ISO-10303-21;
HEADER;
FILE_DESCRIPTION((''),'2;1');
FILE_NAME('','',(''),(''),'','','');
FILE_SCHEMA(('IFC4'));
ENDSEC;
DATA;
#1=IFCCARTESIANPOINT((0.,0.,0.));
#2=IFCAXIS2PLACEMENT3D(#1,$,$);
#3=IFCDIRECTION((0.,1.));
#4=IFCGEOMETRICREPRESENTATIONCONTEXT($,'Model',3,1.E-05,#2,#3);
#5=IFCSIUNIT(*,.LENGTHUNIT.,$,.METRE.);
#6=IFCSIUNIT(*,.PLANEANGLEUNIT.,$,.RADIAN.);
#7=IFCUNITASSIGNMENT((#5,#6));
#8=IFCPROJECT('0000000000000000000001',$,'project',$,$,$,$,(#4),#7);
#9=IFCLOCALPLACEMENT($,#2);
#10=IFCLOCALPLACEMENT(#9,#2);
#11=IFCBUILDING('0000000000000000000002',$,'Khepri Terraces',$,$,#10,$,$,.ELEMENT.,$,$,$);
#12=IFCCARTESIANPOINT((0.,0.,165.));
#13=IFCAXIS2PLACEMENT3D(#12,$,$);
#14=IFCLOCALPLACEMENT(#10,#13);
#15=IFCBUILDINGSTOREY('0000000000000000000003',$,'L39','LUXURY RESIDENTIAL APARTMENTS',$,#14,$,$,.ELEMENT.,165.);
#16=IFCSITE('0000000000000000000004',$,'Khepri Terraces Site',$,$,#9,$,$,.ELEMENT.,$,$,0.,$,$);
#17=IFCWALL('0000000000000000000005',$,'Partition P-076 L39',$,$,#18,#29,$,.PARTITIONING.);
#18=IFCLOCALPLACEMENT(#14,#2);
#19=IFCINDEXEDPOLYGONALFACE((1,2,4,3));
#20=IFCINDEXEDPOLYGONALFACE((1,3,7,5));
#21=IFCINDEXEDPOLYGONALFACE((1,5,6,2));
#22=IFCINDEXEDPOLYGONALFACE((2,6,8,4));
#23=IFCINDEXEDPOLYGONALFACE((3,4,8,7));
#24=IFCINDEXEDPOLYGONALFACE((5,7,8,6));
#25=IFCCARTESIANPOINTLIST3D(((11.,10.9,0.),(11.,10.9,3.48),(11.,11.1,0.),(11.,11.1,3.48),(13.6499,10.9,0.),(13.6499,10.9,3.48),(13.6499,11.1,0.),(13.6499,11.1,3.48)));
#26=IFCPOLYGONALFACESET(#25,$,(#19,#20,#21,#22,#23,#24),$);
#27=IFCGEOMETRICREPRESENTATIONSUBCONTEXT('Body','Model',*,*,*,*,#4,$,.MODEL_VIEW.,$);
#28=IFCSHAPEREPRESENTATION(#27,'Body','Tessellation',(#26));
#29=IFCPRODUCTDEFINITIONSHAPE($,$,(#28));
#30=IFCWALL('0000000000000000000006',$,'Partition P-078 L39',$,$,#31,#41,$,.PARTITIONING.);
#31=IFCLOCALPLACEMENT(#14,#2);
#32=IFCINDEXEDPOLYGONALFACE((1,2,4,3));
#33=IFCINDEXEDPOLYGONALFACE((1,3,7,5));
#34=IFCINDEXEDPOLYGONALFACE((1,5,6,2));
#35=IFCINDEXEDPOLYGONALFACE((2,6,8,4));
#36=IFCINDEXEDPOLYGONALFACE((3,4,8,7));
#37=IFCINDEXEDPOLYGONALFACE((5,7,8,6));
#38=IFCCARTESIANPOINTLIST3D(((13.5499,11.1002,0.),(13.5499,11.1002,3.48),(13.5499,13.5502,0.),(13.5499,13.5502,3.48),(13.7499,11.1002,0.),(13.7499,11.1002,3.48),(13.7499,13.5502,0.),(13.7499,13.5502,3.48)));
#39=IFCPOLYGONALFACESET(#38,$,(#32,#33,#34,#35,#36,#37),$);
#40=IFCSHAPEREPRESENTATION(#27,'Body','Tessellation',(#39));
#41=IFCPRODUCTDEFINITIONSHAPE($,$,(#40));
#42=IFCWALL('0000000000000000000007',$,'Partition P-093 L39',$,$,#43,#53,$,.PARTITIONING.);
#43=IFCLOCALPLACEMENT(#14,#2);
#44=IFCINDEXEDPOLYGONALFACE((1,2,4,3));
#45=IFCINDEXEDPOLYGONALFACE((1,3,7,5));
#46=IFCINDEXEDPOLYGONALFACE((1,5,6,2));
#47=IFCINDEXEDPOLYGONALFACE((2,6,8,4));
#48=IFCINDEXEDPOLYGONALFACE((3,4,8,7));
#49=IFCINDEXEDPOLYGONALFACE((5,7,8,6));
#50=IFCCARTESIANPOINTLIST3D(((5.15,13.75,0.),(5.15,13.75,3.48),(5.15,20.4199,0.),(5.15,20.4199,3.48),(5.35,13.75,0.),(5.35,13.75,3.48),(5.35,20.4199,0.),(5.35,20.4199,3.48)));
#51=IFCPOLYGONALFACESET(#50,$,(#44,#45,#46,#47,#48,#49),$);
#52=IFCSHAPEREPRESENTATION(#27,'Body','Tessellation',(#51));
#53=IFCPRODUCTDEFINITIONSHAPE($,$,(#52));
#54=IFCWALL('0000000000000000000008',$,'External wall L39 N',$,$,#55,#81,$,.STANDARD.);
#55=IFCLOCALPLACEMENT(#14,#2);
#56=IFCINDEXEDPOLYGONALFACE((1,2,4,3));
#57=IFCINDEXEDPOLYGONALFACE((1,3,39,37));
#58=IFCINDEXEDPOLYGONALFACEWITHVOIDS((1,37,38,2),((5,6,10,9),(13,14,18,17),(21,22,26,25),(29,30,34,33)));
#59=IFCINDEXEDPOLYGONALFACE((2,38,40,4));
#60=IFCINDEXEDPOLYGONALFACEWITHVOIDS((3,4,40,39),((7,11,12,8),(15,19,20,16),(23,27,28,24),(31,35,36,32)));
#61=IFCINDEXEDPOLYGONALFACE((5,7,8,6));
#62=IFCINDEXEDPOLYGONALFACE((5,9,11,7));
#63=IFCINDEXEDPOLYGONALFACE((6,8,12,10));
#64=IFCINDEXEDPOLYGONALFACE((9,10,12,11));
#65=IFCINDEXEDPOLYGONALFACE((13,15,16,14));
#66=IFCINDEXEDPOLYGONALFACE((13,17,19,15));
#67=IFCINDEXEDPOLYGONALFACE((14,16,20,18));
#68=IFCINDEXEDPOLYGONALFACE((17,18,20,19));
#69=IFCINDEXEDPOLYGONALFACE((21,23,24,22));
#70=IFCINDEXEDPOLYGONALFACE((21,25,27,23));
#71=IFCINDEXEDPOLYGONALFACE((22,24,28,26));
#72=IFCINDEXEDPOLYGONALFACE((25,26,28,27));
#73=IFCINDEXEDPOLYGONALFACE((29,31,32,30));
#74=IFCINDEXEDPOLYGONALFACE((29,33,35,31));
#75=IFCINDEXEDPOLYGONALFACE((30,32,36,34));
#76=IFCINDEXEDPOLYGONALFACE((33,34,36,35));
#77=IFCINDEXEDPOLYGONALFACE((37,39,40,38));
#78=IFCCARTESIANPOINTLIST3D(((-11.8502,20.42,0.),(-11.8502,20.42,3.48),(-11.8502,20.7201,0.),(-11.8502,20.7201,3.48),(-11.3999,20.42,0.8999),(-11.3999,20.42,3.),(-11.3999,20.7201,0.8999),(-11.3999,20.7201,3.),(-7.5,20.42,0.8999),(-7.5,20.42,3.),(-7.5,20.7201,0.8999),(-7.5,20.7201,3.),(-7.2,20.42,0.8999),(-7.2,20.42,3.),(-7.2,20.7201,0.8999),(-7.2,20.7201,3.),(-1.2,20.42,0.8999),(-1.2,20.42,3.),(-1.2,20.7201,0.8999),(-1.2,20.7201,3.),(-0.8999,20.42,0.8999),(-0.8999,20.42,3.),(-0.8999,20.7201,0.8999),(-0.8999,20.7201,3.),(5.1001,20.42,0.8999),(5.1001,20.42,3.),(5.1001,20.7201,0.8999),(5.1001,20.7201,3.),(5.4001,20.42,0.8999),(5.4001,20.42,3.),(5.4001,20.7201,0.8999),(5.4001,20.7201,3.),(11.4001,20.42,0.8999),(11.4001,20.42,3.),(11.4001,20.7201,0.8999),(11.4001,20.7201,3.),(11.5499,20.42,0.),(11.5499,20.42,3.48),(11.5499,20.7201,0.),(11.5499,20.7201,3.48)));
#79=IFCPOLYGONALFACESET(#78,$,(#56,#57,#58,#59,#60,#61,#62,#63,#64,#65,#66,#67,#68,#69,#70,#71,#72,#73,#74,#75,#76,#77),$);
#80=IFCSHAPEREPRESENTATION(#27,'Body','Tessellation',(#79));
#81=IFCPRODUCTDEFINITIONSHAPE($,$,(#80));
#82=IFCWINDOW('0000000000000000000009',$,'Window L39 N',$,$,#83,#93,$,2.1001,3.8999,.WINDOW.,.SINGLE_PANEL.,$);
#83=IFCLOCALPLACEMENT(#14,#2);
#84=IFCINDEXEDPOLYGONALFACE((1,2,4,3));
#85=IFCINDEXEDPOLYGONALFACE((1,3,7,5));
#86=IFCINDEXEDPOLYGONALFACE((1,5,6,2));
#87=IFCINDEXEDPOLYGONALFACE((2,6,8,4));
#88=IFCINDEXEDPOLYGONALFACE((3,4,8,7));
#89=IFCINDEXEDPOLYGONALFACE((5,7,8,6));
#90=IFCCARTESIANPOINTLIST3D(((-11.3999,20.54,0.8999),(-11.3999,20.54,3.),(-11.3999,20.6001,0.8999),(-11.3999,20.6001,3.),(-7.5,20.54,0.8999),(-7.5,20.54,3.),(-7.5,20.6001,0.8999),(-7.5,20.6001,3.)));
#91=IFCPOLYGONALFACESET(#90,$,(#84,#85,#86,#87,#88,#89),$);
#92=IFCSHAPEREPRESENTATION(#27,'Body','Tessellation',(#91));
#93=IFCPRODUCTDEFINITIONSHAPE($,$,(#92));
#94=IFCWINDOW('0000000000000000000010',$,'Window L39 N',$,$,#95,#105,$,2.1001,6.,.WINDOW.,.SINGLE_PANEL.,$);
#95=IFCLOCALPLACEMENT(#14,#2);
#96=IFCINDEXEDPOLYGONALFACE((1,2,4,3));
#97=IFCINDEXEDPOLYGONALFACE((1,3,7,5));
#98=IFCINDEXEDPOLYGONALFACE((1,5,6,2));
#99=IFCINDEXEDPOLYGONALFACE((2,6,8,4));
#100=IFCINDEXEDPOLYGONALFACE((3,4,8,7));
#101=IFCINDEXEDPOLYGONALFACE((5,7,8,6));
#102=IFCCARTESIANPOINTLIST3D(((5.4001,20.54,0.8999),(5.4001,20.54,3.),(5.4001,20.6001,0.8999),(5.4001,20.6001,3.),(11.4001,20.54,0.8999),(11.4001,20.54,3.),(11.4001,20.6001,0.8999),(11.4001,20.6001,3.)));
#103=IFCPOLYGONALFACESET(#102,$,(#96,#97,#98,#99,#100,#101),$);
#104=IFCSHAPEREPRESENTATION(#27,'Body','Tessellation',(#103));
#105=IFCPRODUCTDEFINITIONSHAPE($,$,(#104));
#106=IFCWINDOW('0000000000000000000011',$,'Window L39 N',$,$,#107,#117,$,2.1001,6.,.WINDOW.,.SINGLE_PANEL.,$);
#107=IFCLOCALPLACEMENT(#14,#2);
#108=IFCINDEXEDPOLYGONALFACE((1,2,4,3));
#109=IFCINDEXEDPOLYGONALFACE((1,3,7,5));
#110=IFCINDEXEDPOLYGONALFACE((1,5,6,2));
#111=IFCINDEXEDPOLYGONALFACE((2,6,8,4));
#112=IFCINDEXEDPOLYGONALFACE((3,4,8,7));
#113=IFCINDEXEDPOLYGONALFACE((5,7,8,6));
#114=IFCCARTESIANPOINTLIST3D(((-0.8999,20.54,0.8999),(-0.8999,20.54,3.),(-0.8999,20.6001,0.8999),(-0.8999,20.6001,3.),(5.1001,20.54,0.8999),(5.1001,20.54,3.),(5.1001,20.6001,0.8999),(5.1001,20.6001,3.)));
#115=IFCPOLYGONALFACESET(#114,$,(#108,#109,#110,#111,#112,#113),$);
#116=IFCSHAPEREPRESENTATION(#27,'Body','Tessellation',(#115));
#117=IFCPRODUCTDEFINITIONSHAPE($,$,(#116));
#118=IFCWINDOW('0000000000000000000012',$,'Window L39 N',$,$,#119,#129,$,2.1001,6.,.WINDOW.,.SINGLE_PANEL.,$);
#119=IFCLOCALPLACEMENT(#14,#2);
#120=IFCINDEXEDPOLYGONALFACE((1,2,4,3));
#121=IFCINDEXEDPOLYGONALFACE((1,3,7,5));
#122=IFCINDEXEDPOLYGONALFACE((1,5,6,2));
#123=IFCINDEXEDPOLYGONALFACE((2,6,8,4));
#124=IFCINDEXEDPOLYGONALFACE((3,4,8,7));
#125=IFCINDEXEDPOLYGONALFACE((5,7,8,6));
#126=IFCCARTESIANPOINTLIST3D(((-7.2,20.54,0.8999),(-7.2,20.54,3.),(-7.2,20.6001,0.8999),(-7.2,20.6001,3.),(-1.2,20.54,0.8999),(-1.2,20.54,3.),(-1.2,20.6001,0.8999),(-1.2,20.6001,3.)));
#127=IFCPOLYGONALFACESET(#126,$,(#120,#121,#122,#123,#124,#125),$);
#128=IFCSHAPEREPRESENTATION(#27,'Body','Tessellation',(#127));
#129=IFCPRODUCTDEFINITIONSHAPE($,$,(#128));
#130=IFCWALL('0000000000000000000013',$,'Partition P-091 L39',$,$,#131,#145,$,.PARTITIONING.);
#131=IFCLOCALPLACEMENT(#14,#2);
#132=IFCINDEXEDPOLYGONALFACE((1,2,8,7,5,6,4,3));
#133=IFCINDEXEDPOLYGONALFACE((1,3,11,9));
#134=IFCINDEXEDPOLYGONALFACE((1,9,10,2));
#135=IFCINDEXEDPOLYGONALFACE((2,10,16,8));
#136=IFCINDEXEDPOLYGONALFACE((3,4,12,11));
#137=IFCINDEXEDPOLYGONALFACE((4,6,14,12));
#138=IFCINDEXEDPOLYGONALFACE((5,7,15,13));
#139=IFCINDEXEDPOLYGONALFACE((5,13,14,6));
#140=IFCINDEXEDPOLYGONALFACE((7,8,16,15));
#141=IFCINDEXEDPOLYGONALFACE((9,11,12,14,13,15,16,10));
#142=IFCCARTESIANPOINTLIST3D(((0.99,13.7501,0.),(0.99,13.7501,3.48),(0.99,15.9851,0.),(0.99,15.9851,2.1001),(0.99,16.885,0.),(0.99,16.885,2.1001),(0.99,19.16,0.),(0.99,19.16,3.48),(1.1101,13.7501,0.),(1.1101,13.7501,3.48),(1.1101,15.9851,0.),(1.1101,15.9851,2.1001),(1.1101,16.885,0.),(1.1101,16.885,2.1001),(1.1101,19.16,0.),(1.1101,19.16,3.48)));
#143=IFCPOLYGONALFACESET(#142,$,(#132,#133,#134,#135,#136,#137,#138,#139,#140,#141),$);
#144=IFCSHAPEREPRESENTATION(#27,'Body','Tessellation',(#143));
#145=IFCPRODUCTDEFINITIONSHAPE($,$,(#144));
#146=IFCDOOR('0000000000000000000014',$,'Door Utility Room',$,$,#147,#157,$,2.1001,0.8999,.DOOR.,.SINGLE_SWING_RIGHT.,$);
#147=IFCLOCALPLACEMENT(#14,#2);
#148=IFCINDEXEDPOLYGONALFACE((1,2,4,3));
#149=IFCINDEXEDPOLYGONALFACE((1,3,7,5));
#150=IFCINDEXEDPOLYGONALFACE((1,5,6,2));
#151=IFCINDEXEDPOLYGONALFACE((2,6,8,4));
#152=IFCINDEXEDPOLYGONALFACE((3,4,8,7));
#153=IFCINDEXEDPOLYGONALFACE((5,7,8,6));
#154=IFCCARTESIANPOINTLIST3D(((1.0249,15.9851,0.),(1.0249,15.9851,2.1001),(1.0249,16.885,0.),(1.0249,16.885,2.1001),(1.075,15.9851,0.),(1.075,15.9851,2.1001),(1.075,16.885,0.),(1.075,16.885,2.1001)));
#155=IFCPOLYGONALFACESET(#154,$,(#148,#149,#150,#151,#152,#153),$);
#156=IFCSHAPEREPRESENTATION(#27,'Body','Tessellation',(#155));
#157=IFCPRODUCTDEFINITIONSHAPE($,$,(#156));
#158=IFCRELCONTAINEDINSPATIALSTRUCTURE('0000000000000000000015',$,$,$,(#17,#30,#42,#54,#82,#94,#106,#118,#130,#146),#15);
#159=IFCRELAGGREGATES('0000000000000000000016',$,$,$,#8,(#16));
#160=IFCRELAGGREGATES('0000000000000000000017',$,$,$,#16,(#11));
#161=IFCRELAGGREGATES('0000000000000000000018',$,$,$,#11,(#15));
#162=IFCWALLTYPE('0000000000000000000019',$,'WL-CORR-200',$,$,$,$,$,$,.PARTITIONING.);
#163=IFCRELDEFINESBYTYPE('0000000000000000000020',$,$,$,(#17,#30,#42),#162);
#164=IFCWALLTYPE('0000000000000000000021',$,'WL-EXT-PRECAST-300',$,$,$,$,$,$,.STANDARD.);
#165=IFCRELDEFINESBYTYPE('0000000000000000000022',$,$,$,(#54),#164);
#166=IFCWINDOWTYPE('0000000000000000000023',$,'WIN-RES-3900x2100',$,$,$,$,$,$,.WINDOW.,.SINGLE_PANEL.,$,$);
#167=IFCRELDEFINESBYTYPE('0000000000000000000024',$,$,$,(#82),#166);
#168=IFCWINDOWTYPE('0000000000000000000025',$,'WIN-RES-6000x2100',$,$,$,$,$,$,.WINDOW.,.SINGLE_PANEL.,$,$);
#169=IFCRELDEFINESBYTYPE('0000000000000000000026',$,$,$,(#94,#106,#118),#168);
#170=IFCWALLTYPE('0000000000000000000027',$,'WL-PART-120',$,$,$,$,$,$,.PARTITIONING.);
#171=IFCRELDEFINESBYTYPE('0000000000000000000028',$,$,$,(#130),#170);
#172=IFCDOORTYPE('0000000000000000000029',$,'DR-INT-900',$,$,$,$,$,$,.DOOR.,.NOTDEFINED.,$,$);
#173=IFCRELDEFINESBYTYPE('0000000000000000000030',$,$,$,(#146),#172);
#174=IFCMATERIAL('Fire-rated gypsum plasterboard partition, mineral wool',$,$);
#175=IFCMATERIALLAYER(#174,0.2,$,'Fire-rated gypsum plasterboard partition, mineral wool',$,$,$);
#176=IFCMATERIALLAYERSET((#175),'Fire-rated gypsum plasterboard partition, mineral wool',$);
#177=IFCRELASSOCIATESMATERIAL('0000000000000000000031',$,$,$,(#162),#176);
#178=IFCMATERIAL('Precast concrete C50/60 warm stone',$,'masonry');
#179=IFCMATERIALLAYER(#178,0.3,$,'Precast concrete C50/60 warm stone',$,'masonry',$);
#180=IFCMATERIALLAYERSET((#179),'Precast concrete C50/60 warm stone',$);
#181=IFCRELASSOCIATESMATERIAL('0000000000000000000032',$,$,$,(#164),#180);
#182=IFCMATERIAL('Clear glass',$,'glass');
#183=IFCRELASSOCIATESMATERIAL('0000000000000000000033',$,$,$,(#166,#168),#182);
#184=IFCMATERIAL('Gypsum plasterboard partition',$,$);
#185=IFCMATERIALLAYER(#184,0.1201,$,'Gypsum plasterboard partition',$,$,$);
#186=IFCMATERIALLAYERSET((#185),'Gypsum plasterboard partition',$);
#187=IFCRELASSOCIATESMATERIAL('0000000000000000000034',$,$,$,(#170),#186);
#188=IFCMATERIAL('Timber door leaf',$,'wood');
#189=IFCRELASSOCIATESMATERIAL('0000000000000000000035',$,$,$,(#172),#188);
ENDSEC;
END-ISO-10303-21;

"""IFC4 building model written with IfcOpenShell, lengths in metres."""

from ifc_helpers import new_model, si_unit, direction, frame, frame_2d, origin, place, context, subcontext, project, spatial, rectangle, extrude, material, layer, layer_set, type_object, element, fill, save


model = new_model("IFC4")

# Units and contexts
model_context = context("Model", 3, precision=1e-05, world=origin(), true_north=direction((0.0, 1.0)))
body_context = subcontext(model_context, "Body", "Model", "MODEL_VIEW")
ifc_project = project(units=[si_unit("LENGTHUNIT", "METRE"), si_unit("PLANEANGLEUNIT", "RADIAN")], contexts=[model_context])

# Site, building, storey
site_placement = place(None, origin())
site = spatial("IfcSite", under=ifc_project, at=site_placement, Name="Khepri Terraces Site", CompositionType="ELEMENT", RefElevation=0.0)
building_placement = place(site_placement, origin())
building = spatial("IfcBuilding", under=site, at=building_placement, Name="Khepri Terraces", CompositionType="ELEMENT")
storey_placement = place(building_placement, frame((0.0, 0.0, 165.0)))
storey = spatial("IfcBuildingStorey", under=building, at=storey_placement, Name="L39", Description="LUXURY RESIDENTIAL APARTMENTS", CompositionType="ELEMENT", Elevation=165.0)

# Walls
ifc_material_1 = material(Name="Fire-rated gypsum plasterboard partition, mineral wool")
ifc_layer_1 = layer(ifc_material_1, 0.2, Name="Fire-rated gypsum plasterboard partition, mineral wool")
ifc_layer_set_1 = layer_set([ifc_layer_1], Name="Fire-rated gypsum plasterboard partition, mineral wool")
wall_type_1 = type_object("IfcWallType", Name="WL-CORR-200", PredefinedType="PARTITIONING", material=ifc_layer_set_1)
wall_1_placement = place(storey_placement, frame((11.0, 11.0, 0.0), z_axis=(0.0, 0.0, 1.0), x_axis=(1.0, 0.0, 0.0)))
element("IfcWall", 1, at=wall_1_placement, inside=storey, type_object=wall_type_1, Name="Partition P-076 L39", PredefinedType="PARTITIONING", context=body_context, shape_type="SweptSolid", body=[
    extrude(rectangle(XDim=2.6499, YDim=0.2, at=frame_2d((1.325, 0.0))), origin(), (0.0, 0.0, 1.0), 3.48),
])
wall_2_placement = place(storey_placement, frame((13.6499, 11.1001, 0.0), z_axis=(0.0, 0.0, 1.0), x_axis=(0.0, 1.0, 0.0)))
element("IfcWall", 2, at=wall_2_placement, inside=storey, type_object=wall_type_1, Name="Partition P-078 L39", PredefinedType="PARTITIONING", context=body_context, shape_type="SweptSolid", body=[
    extrude(rectangle(XDim=2.45, YDim=0.2, at=frame_2d((1.2251, 0.0))), origin(), (0.0, 0.0, 1.0), 3.48),
])
wall_3_placement = place(storey_placement, frame((5.25, 13.75, 0.0), z_axis=(0.0, 0.0, 1.0), x_axis=(0.0, 1.0, 0.0)))
element("IfcWall", 3, at=wall_3_placement, inside=storey, type_object=wall_type_1, Name="Partition P-093 L39", PredefinedType="PARTITIONING", context=body_context, shape_type="SweptSolid", body=[
    extrude(rectangle(XDim=6.6699, YDim=0.2, at=frame_2d((3.335, 0.0))), origin(), (0.0, 0.0, 1.0), 3.48),
])

# Shared definitions
ifc_material_2 = material(Name="Precast concrete C50/60 warm stone", Category="masonry")
ifc_layer_2 = layer(ifc_material_2, 0.3, Name="Precast concrete C50/60 warm stone", Category="masonry")
ifc_layer_set_2 = layer_set([ifc_layer_2], Name="Precast concrete C50/60 warm stone")
wall_type_2 = type_object("IfcWallType", Name="WL-EXT-PRECAST-300", PredefinedType="STANDARD", material=ifc_layer_set_2)

# Wall, openings, windows
wall_4_placement = place(storey_placement, frame((11.55, 20.5701, 0.0), z_axis=(0.0, 0.0, 1.0), x_axis=(-1.0, 0.0, 0.0)))
wall_4 = element("IfcWall", 4, at=wall_4_placement, inside=storey, type_object=wall_type_2, Name="External wall L39 N", PredefinedType="STANDARD", context=body_context, shape_type="SweptSolid", body=[
    extrude(rectangle(XDim=23.4001, YDim=0.3, at=frame_2d((11.7002, 0.0))), origin(), (0.0, 0.0, 1.0), 3.48),
])
opening_1_placement = place(wall_4_placement, frame((0.1499, 0.0, 0.8999)))
opening_1 = element("IfcOpeningElement", 5, at=opening_1_placement, cuts=wall_4, PredefinedType="OPENING", context=body_context, shape_type="SweptSolid", body=[
    extrude(rectangle(XDim=6.0, YDim=2.1001, at=frame_2d((3.0, 1.05))), frame((0.0, 0.1602, 0.0), z_axis=(0.0, -1.0, 0.0), x_axis=(1.0, 0.0, 0.0)), (0.0, 0.0, 1.0), 0.3201),
])
opening_2_placement = place(wall_4_placement, frame((6.45, 0.0, 0.8999)))
opening_2 = element("IfcOpeningElement", 6, at=opening_2_placement, cuts=wall_4, PredefinedType="OPENING", context=body_context, shape_type="SweptSolid", body=[
    extrude(rectangle(XDim=6.0, YDim=2.1001, at=frame_2d((3.0, 1.05))), frame((0.0, 0.1602, 0.0), z_axis=(0.0, -1.0, 0.0), x_axis=(1.0, 0.0, 0.0)), (0.0, 0.0, 1.0), 0.3201),
])
opening_3_placement = place(wall_4_placement, frame((12.75, 0.0, 0.8999)))
opening_3 = element("IfcOpeningElement", 7, at=opening_3_placement, cuts=wall_4, PredefinedType="OPENING", context=body_context, shape_type="SweptSolid", body=[
    extrude(rectangle(XDim=6.0, YDim=2.1001, at=frame_2d((3.0, 1.05))), frame((0.0, 0.1602, 0.0), z_axis=(0.0, -1.0, 0.0), x_axis=(1.0, 0.0, 0.0)), (0.0, 0.0, 1.0), 0.3201),
])
opening_4_placement = place(wall_4_placement, frame((19.05, 0.0, 0.8999)))
opening_4 = element("IfcOpeningElement", 8, at=opening_4_placement, cuts=wall_4, PredefinedType="OPENING", context=body_context, shape_type="SweptSolid", body=[
    extrude(rectangle(XDim=3.8999, YDim=2.1001, at=frame_2d((1.95, 1.05))), frame((0.0, 0.1602, 0.0), z_axis=(0.0, -1.0, 0.0), x_axis=(1.0, 0.0, 0.0)), (0.0, 0.0, 1.0), 0.3201),
])
ifc_material_3 = material(Name="Clear glass", Category="glass")
window_type_1 = type_object("IfcWindowType", Name="WIN-RES-3900x2100", PartitioningType="SINGLE_PANEL", PredefinedType="WINDOW", material=ifc_material_3)
window_1_placement = place(opening_4_placement, origin())
window_1 = element("IfcWindow", 9, at=window_1_placement, inside=storey, type_object=window_type_1, Name="Window L39 N", OverallHeight=2.1001, OverallWidth=3.8999, PartitioningType="SINGLE_PANEL", PredefinedType="WINDOW", context=body_context, shape_type="SweptSolid", body=[
    extrude(rectangle(XDim=3.8999, YDim=2.1001, at=frame_2d((1.95, 1.05))), frame((0.0, 0.03, 0.0), z_axis=(0.0, -1.0, 0.0), x_axis=(1.0, 0.0, 0.0)), (0.0, 0.0, 1.0), 0.0601),
])
fill(opening_4, window_1)
window_type_2 = type_object("IfcWindowType", Name="WIN-RES-6000x2100", PartitioningType="SINGLE_PANEL", PredefinedType="WINDOW", material=ifc_material_3)
window_2_placement = place(opening_1_placement, origin())
window_2 = element("IfcWindow", 10, at=window_2_placement, inside=storey, type_object=window_type_2, Name="Window L39 N", OverallHeight=2.1001, OverallWidth=6.0, PartitioningType="SINGLE_PANEL", PredefinedType="WINDOW", context=body_context, shape_type="SweptSolid", body=[
    extrude(rectangle(XDim=6.0, YDim=2.1001, at=frame_2d((3.0, 1.05))), frame((0.0, 0.03, 0.0), z_axis=(0.0, -1.0, 0.0), x_axis=(1.0, 0.0, 0.0)), (0.0, 0.0, 1.0), 0.0601),
])
fill(opening_1, window_2)
window_3_placement = place(opening_2_placement, origin())
window_3 = element("IfcWindow", 11, at=window_3_placement, inside=storey, type_object=window_type_2, Name="Window L39 N", OverallHeight=2.1001, OverallWidth=6.0, PartitioningType="SINGLE_PANEL", PredefinedType="WINDOW", context=body_context, shape_type="SweptSolid", body=[
    extrude(rectangle(XDim=6.0, YDim=2.1001, at=frame_2d((3.0, 1.05))), frame((0.0, 0.03, 0.0), z_axis=(0.0, -1.0, 0.0), x_axis=(1.0, 0.0, 0.0)), (0.0, 0.0, 1.0), 0.0601),
])
fill(opening_2, window_3)
window_4_placement = place(opening_3_placement, origin())
window_4 = element("IfcWindow", 12, at=window_4_placement, inside=storey, type_object=window_type_2, Name="Window L39 N", OverallHeight=2.1001, OverallWidth=6.0, PartitioningType="SINGLE_PANEL", PredefinedType="WINDOW", context=body_context, shape_type="SweptSolid", body=[
    extrude(rectangle(XDim=6.0, YDim=2.1001, at=frame_2d((3.0, 1.05))), frame((0.0, 0.03, 0.0), z_axis=(0.0, -1.0, 0.0), x_axis=(1.0, 0.0, 0.0)), (0.0, 0.0, 1.0), 0.0601),
])
fill(opening_3, window_4)

# Wall, opening, door
ifc_material_4 = material(Name="Gypsum plasterboard partition")
ifc_layer_3 = layer(ifc_material_4, 0.1201, Name="Gypsum plasterboard partition")
ifc_layer_set_3 = layer_set([ifc_layer_3], Name="Gypsum plasterboard partition")
wall_type_3 = type_object("IfcWallType", Name="WL-PART-120", PredefinedType="PARTITIONING", material=ifc_layer_set_3)
wall_5_placement = place(storey_placement, frame((1.05, 13.75, 0.0), z_axis=(0.0, 0.0, 1.0), x_axis=(0.0, 1.0, 0.0)))
wall_5 = element("IfcWall", 13, at=wall_5_placement, inside=storey, type_object=wall_type_3, Name="Partition P-091 L39", PredefinedType="PARTITIONING", context=body_context, shape_type="SweptSolid", body=[
    extrude(rectangle(XDim=5.4099, YDim=0.1201, at=frame_2d((2.7051, 0.0))), origin(), (0.0, 0.0, 1.0), 3.48),
])
opening_5_placement = place(wall_5_placement, frame((2.2351, 0.0, 0.0)))
opening_5 = element("IfcOpeningElement", 14, at=opening_5_placement, cuts=wall_5, PredefinedType="OPENING", context=body_context, shape_type="SweptSolid", body=[
    extrude(rectangle(XDim=0.8999, YDim=2.1001, at=frame_2d((0.45, 1.05))), frame((0.0, 0.0701, 0.0), z_axis=(0.0, -1.0, 0.0), x_axis=(1.0, 0.0, 0.0)), (0.0, 0.0, 1.0), 0.1401),
])
ifc_material_5 = material(Name="Timber door leaf", Category="wood")
door_type_1 = type_object("IfcDoorType", Name="DR-INT-900", OperationType="NOTDEFINED", PredefinedType="DOOR", material=ifc_material_5)
door_1_placement = place(opening_5_placement, frame((0.8999, 0.0, 0.0), z_axis=(0.0, 0.0, 1.0), x_axis=(-1.0, 0.0, 0.0)))
door_1 = element("IfcDoor", 15, at=door_1_placement, inside=storey, type_object=door_type_1, Name="Door Utility Room", OperationType="SINGLE_SWING_RIGHT", OverallHeight=2.1001, OverallWidth=0.8999, PredefinedType="DOOR", context=body_context, shape_type="SweptSolid", body=[
    extrude(rectangle(XDim=0.8999, YDim=2.1001, at=frame_2d((0.45, 1.05))), frame((0.0, 0.0249, 0.0), z_axis=(0.0, -1.0, 0.0), x_axis=(1.0, 0.0, 0.0)), (0.0, 0.0, 1.0), 0.05),
])
fill(opening_5, door_1)

save(model, "model.ifc")
